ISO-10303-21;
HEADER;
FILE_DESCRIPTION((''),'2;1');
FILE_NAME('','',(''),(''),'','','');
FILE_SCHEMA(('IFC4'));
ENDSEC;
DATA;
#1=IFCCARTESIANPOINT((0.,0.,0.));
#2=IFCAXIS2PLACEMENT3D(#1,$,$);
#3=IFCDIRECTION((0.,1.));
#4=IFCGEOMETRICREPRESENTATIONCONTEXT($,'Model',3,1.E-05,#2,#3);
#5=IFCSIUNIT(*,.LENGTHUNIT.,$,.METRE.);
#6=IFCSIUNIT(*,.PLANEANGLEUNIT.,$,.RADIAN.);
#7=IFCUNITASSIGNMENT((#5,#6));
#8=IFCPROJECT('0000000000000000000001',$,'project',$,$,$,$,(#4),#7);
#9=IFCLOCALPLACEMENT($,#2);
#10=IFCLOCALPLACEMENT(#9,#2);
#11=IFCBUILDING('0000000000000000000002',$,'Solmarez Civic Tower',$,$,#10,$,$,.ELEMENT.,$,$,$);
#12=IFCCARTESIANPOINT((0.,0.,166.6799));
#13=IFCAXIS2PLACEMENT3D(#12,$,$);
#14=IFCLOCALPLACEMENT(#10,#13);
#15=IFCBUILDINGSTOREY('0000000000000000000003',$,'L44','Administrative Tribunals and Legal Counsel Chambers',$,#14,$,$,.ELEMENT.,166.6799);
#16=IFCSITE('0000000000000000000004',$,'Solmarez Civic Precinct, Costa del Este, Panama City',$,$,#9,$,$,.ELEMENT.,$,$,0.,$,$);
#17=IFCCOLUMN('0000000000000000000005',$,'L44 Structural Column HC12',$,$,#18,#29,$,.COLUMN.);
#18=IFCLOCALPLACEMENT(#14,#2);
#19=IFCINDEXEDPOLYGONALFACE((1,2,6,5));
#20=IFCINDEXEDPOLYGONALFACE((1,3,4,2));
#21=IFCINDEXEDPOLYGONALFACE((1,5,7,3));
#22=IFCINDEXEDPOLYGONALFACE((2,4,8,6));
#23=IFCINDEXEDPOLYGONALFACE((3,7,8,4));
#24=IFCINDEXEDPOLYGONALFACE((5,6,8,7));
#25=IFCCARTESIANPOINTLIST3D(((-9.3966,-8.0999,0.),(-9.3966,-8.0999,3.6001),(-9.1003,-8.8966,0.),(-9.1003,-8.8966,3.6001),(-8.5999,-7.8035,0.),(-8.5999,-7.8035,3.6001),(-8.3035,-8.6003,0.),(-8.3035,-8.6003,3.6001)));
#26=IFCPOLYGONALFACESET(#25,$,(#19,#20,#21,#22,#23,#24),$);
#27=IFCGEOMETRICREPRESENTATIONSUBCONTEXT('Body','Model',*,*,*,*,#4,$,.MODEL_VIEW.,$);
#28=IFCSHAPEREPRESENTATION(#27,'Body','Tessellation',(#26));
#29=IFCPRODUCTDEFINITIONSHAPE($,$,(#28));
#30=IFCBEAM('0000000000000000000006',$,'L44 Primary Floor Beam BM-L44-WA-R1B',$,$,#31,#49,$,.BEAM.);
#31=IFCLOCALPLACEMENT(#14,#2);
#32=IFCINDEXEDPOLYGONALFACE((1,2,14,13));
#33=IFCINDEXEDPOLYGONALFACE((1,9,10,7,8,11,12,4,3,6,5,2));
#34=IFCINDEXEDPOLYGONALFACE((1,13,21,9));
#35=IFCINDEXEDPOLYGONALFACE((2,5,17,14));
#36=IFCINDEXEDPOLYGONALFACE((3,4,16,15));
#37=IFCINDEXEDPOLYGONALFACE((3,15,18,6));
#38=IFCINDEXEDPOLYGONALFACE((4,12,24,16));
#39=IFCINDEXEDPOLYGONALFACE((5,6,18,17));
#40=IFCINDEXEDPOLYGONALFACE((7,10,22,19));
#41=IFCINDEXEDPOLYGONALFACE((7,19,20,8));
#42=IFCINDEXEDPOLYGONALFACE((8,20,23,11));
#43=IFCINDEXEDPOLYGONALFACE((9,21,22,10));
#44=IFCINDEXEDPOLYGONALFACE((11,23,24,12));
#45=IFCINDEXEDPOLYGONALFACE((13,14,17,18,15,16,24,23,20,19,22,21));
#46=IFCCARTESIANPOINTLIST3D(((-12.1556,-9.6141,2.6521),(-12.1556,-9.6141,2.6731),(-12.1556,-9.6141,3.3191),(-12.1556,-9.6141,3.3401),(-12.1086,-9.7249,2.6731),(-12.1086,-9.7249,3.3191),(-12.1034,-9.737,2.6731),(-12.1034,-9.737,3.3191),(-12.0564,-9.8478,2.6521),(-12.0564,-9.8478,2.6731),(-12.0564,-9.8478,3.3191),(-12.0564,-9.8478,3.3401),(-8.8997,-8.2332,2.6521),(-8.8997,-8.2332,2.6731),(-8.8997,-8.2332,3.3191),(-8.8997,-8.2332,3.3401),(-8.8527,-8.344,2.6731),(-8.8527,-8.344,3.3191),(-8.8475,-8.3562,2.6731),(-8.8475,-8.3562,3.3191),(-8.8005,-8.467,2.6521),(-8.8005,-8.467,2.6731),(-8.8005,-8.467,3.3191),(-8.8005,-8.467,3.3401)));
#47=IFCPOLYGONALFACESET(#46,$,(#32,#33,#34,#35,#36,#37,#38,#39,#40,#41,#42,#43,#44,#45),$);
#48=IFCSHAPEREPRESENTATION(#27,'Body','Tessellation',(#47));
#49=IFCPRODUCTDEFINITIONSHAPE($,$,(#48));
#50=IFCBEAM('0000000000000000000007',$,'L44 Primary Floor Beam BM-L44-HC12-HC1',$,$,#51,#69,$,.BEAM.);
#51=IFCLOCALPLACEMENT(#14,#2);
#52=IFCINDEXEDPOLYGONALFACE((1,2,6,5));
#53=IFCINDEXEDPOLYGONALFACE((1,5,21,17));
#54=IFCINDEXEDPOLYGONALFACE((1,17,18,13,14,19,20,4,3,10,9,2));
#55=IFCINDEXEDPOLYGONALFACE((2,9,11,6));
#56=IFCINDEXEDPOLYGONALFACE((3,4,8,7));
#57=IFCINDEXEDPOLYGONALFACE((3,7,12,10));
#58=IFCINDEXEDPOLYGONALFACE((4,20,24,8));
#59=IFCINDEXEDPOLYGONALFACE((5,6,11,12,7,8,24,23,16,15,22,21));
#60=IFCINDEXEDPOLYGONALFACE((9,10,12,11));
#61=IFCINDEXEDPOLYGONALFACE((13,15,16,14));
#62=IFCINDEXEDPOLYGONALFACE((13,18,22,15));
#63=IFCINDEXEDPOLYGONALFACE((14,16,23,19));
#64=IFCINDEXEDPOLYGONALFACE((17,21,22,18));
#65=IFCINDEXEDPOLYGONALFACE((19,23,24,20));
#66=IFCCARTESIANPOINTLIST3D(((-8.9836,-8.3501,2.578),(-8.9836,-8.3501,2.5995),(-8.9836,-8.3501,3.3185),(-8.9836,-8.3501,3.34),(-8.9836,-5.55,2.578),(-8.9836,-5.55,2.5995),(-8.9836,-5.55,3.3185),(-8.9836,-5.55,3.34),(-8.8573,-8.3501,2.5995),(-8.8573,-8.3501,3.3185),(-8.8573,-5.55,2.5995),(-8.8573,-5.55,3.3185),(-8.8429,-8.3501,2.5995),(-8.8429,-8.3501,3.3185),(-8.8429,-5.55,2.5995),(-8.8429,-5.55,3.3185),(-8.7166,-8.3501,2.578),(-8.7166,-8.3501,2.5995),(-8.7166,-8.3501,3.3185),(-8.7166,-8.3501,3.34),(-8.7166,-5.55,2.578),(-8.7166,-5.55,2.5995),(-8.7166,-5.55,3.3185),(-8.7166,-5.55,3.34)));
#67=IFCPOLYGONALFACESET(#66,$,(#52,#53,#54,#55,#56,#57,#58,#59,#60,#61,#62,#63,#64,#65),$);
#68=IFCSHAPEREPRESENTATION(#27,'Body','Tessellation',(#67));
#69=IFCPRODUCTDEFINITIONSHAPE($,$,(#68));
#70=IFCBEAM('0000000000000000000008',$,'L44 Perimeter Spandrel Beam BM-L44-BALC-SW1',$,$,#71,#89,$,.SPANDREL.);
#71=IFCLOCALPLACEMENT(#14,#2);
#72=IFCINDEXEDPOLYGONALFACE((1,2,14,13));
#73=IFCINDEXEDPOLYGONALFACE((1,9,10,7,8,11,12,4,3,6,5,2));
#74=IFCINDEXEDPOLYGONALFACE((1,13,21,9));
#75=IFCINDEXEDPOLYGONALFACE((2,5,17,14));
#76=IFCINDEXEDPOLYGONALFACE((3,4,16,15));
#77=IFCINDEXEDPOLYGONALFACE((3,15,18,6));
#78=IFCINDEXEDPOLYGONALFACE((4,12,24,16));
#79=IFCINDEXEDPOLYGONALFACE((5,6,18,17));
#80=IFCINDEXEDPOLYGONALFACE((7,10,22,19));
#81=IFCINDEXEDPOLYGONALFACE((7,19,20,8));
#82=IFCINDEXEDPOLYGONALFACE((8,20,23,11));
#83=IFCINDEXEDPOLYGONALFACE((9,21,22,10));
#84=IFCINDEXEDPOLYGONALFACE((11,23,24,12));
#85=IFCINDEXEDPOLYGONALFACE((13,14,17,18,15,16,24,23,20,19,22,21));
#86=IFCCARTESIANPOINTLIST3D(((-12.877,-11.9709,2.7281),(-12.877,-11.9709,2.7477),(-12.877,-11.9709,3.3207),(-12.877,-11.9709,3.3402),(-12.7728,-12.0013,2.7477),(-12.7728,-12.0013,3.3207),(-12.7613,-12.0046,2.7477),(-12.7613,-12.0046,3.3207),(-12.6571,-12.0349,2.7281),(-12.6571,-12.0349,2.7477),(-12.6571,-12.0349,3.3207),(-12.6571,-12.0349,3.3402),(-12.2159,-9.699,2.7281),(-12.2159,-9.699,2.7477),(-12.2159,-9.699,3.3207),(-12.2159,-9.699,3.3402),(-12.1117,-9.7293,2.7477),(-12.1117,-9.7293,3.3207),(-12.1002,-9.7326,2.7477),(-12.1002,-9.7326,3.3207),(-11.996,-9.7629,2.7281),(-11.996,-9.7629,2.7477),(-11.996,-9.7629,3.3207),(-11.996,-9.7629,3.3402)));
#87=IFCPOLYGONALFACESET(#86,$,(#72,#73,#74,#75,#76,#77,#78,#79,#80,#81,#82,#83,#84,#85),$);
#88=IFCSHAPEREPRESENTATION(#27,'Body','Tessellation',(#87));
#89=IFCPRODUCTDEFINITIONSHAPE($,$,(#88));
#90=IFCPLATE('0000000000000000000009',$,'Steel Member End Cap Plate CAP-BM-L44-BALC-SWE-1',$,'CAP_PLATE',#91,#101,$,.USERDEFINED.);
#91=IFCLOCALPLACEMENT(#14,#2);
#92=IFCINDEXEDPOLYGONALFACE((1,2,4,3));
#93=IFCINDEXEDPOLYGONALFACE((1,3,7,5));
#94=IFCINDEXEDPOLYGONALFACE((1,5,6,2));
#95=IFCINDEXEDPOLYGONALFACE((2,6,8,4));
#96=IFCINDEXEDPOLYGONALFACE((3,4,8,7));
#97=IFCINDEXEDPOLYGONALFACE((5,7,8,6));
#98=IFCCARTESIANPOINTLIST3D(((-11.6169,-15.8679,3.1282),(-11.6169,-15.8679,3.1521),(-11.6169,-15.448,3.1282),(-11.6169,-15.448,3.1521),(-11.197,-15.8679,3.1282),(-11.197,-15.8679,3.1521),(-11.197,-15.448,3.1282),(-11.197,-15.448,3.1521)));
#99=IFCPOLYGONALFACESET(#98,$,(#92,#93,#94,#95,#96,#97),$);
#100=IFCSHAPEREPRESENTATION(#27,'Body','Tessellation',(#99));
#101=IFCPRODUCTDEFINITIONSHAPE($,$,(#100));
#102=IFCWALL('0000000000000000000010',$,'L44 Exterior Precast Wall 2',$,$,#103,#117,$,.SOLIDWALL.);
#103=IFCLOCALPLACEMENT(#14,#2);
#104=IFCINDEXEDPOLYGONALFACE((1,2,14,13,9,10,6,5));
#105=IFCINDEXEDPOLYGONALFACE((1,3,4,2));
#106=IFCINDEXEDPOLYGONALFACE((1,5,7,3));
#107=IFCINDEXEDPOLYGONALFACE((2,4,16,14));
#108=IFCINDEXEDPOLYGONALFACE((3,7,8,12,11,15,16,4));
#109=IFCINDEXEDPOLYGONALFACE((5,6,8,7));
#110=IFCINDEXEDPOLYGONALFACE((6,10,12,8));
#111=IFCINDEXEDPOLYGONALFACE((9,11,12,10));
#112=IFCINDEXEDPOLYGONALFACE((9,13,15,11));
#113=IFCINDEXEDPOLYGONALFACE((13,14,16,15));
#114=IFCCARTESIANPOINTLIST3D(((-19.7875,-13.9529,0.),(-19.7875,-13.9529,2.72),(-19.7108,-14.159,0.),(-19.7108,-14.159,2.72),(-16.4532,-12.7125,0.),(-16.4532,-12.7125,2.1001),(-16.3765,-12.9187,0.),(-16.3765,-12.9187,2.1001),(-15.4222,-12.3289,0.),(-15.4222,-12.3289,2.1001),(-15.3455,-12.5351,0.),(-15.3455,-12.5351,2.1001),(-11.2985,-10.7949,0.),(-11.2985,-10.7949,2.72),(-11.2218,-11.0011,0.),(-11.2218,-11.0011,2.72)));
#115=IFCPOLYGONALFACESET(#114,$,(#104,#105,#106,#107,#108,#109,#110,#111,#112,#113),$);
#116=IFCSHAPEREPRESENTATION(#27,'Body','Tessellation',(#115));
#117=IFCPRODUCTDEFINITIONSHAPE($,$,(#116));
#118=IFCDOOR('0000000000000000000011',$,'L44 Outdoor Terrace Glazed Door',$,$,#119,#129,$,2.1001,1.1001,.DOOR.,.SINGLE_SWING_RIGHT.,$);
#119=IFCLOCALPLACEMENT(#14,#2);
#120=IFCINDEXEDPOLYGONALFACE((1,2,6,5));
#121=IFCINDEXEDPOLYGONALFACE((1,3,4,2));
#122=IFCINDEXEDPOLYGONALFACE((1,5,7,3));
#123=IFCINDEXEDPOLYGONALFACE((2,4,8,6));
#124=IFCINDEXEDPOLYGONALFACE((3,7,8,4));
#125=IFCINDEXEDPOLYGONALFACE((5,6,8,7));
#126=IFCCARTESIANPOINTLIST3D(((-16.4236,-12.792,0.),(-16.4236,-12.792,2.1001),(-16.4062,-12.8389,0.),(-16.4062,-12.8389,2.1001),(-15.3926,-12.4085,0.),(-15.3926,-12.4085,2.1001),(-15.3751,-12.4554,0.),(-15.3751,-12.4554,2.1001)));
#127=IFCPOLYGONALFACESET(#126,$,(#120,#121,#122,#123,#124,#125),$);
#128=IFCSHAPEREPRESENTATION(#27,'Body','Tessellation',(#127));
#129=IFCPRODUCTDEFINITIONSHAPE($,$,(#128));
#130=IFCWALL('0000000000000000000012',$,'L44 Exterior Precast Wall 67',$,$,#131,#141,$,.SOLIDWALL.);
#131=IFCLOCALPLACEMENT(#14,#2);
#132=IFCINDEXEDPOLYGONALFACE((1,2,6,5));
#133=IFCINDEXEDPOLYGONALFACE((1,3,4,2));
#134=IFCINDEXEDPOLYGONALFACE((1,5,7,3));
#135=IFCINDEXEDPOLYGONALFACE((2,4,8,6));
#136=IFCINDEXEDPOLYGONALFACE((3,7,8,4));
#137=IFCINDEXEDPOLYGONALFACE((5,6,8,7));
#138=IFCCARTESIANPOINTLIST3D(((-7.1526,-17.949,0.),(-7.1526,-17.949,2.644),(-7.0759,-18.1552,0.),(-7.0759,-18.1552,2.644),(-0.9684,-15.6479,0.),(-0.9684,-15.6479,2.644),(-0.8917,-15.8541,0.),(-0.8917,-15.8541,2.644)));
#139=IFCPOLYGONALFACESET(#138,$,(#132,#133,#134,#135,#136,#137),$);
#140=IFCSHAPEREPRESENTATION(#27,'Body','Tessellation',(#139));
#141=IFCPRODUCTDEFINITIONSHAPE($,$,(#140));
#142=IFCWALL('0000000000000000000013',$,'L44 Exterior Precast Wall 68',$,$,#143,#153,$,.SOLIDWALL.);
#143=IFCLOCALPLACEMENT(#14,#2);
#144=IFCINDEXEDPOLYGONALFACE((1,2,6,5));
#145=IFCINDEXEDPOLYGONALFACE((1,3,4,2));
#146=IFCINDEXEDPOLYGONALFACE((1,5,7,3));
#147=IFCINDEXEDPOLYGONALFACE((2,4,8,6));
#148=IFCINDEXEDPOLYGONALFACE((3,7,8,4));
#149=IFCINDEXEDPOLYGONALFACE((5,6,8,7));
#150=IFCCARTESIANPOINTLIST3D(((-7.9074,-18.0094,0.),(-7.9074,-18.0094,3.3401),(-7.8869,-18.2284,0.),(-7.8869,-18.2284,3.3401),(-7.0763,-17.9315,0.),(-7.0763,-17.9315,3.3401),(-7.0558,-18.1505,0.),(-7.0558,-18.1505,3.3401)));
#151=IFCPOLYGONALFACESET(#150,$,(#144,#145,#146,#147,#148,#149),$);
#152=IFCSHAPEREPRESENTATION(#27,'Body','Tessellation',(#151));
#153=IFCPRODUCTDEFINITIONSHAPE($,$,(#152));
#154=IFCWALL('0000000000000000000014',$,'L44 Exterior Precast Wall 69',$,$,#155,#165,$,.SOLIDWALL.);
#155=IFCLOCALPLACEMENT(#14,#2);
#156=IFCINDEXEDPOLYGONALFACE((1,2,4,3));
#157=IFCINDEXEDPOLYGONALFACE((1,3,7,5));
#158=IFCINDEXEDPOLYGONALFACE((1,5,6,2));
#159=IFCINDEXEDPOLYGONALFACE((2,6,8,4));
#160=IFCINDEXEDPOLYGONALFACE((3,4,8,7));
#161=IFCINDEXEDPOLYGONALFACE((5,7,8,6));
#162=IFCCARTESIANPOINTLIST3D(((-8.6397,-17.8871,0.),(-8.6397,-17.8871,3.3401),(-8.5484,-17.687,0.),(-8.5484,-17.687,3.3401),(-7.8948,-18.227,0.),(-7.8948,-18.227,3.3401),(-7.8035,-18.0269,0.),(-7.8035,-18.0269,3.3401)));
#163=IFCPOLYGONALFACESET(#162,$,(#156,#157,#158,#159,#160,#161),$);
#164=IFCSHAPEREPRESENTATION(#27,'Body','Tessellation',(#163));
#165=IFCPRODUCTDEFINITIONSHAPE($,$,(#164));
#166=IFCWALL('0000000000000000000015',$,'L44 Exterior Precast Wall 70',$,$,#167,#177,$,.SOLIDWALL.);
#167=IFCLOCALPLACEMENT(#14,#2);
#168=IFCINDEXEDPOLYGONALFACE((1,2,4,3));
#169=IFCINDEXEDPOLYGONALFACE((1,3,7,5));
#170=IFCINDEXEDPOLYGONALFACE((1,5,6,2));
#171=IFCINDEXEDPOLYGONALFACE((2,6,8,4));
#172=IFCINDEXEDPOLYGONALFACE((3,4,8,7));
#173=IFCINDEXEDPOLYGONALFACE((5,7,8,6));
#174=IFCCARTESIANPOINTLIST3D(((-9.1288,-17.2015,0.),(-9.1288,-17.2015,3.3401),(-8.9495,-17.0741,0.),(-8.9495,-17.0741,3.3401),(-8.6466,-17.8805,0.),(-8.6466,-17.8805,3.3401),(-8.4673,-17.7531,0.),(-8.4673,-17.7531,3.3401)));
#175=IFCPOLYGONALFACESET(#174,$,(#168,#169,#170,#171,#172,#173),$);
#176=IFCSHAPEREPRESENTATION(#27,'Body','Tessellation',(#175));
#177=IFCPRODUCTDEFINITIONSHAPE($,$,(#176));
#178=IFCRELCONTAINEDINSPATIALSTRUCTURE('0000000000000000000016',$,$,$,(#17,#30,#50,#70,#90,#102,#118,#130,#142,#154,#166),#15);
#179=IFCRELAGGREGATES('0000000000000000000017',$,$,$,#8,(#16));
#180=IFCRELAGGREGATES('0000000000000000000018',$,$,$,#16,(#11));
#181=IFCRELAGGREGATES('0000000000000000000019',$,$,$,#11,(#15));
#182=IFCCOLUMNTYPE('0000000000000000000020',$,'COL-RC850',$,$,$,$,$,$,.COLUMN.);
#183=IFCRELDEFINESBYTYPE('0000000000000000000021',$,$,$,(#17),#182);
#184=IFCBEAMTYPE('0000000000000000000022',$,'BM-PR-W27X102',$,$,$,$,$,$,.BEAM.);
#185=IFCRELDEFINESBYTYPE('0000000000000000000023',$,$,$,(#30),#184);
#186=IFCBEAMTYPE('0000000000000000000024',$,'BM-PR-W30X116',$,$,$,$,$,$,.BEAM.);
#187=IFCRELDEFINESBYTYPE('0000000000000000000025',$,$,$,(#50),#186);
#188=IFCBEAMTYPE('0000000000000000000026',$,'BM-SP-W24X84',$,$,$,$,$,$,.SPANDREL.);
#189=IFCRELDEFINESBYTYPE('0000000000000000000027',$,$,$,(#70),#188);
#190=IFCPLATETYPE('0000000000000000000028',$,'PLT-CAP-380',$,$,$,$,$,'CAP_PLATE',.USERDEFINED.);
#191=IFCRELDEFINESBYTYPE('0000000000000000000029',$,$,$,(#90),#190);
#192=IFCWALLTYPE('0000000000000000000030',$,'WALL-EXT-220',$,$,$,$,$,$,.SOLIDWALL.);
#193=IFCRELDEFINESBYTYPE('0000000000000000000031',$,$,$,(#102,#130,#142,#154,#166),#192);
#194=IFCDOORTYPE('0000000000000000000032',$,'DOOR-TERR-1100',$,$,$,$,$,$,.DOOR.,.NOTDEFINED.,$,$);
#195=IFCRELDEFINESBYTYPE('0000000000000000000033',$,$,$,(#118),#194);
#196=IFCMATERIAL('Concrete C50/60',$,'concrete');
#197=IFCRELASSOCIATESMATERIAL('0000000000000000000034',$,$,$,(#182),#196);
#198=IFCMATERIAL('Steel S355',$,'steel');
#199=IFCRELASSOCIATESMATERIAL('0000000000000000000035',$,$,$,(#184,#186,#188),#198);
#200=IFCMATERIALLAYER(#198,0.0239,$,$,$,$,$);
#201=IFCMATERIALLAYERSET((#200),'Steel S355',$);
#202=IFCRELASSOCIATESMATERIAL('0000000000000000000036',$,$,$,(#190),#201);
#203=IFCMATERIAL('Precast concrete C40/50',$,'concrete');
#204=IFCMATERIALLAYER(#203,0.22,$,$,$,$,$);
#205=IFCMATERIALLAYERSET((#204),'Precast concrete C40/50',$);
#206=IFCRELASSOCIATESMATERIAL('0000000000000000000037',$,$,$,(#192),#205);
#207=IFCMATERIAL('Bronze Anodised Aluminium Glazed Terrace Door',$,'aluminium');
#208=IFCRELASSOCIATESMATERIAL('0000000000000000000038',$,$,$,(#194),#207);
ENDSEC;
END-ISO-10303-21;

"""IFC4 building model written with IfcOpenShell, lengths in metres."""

from ifc_helpers import new_model, si_unit, direction, frame, frame_2d, origin, origin_2d, place, context, subcontext, project, spatial, rectangle, i_section, extrude, material, layer, layer_set, material_profile, profile_set, type_object, element, fill, save


model = new_model("IFC4")

# Units and contexts
model_context = context("Model", 3, precision=1e-05, world=origin(), true_north=direction((0.0, 1.0)))
body_context = subcontext(model_context, "Body", "Model", "MODEL_VIEW")
ifc_project = project(units=[si_unit("LENGTHUNIT", "METRE"), si_unit("PLANEANGLEUNIT", "RADIAN")], contexts=[model_context])

# Site, building, storey
site_placement = place(None, origin())
site = spatial("IfcSite", under=ifc_project, at=site_placement, Name="Solmarez Civic Precinct, Costa del Este, Panama City", CompositionType="ELEMENT", RefElevation=0.0)
building_placement = place(site_placement, origin())
building = spatial("IfcBuilding", under=site, at=building_placement, Name="Solmarez Civic Tower", CompositionType="ELEMENT")
storey_placement = place(building_placement, frame((0.0, 0.0, 166.6799)))
storey = spatial("IfcBuildingStorey", under=building, at=storey_placement, Name="L44", Description="Administrative Tribunals and Legal Counsel Chambers", CompositionType="ELEMENT", Elevation=166.6799)

# Column
ifc_material_1 = material(Name="Concrete C50/60", Category="concrete")
ifc_material_profile_1 = material_profile(ifc_material_1, rectangle(XDim=0.8501, YDim=0.8501, at=origin_2d()), Name="RC850X850")
ifc_profile_set_1 = profile_set([ifc_material_profile_1], Name="Concrete C50/60")
column_type = type_object("IfcColumnType", Name="COL-RC850", PredefinedType="COLUMN", material=ifc_profile_set_1)
column_placement = place(storey_placement, frame((-8.8501, -8.3501, 0.0), z_axis=(0.0, 0.0, 1.0), x_axis=(0.937282, 0.348572, 0.0)))
element("IfcColumn", 1, at=column_placement, inside=storey, type_object=column_type, Name="L44 Structural Column HC12", PredefinedType="COLUMN", context=body_context, shape_type="SweptSolid", body=[
    extrude(rectangle(XDim=0.8501, YDim=0.8501, at=origin_2d()), origin(), (0.0, 0.0, 1.0), 3.6001),
])

# Beams
ifc_material_2 = material(Name="Steel S355", Category="steel")
ifc_material_profile_2 = material_profile(ifc_material_2, i_section(OverallWidth=0.2539, OverallDepth=0.688, WebThickness=0.0132, FlangeThickness=0.021, at=origin_2d()), Name="W27X102")
ifc_profile_set_2 = profile_set([ifc_material_profile_2], Name="Steel S355")
beam_type_1 = type_object("IfcBeamType", Name="BM-PR-W27X102", PredefinedType="BEAM", material=ifc_profile_set_2)
beam_1_placement = place(storey_placement, frame((-8.8501, -8.3501, 2.9961), z_axis=(-0.920624, -0.390451, 0.0), x_axis=(0.390451, -0.920624, 0.0)))
element("IfcBeam", 2, at=beam_1_placement, inside=storey, type_object=beam_type_1, Name="L44 Primary Floor Beam BM-L44-WA-R1B", PredefinedType="BEAM", context=body_context, shape_type="SweptSolid", body=[
    extrude(i_section(OverallWidth=0.2539, OverallDepth=0.688, WebThickness=0.0132, FlangeThickness=0.021, at=origin_2d()), origin(), (0.0, 0.0, 1.0), 3.5366),
])
ifc_material_profile_3 = material_profile(ifc_material_2, i_section(OverallWidth=0.2671, OverallDepth=0.762, WebThickness=0.0144, FlangeThickness=0.0215, at=origin_2d()), Name="W30X116")
ifc_profile_set_3 = profile_set([ifc_material_profile_3], Name="Steel S355")
beam_type_2 = type_object("IfcBeamType", Name="BM-PR-W30X116", PredefinedType="BEAM", material=ifc_profile_set_3)
beam_2_placement = place(storey_placement, frame((-8.8501, -8.3501, 2.959), z_axis=(0.0, 1.0, 0.0), x_axis=(-1.0, 0.0, 0.0)))
element("IfcBeam", 3, at=beam_2_placement, inside=storey, type_object=beam_type_2, Name="L44 Primary Floor Beam BM-L44-HC12-HC1", PredefinedType="BEAM", context=body_context, shape_type="SweptSolid", body=[
    extrude(i_section(OverallWidth=0.2671, OverallDepth=0.762, WebThickness=0.0144, FlangeThickness=0.0215, at=origin_2d()), origin(), (0.0, 0.0, 1.0), 2.8),
])
ifc_material_profile_4 = material_profile(ifc_material_2, i_section(OverallWidth=0.229, OverallDepth=0.6121, WebThickness=0.012, FlangeThickness=0.0195, at=origin_2d()), Name="W24X84")
ifc_profile_set_4 = profile_set([ifc_material_profile_4], Name="Steel S355")
beam_type_3 = type_object("IfcBeamType", Name="BM-SP-W24X84", PredefinedType="SPANDREL", material=ifc_profile_set_4)
beam_3_placement = place(storey_placement, frame((-12.106, -9.731, 3.0342), z_axis=(-0.279406, -0.960173, 0.0), x_axis=(0.960173, -0.279406, 0.0)))
element("IfcBeam", 4, at=beam_3_placement, inside=storey, type_object=beam_type_3, Name="L44 Perimeter Spandrel Beam BM-L44-BALC-SW1", PredefinedType="SPANDREL", context=body_context, shape_type="SweptSolid", body=[
    extrude(i_section(OverallWidth=0.229, OverallDepth=0.6121, WebThickness=0.012, FlangeThickness=0.0195, at=origin_2d()), origin(), (0.0, 0.0, 1.0), 2.3662),
])

# Plate
ifc_layer_1 = layer(ifc_material_2, 0.0239)
ifc_layer_set_1 = layer_set([ifc_layer_1], Name="Steel S355")
plate_type = type_object("IfcPlateType", Name="PLT-CAP-380", ElementType="CAP_PLATE", PredefinedType="USERDEFINED", material=ifc_layer_set_1)
plate_placement = place(storey_placement, frame((-11.407, -15.658, 3.1282), z_axis=(0.0, 0.0, 1.0), x_axis=(1.0, 0.0, 0.0)))
element("IfcPlate", 5, at=plate_placement, inside=storey, type_object=plate_type, Name="Steel Member End Cap Plate CAP-BM-L44-BALC-SWE-1", ObjectType="CAP_PLATE", PredefinedType="USERDEFINED", context=body_context, shape_type="SweptSolid", body=[
    extrude(rectangle(XDim=0.4199, YDim=0.4199, at=origin_2d()), origin(), (0.0, 0.0, 1.0), 0.0239),
])

# Wall, opening, door
ifc_material_3 = material(Name="Precast concrete C40/50", Category="concrete")
ifc_layer_2 = layer(ifc_material_3, 0.22)
ifc_layer_set_2 = layer_set([ifc_layer_2], Name="Precast concrete C40/50")
wall_type_1 = type_object("IfcWallType", Name="WALL-EXT-220", PredefinedType="SOLIDWALL", material=ifc_layer_set_2)
wall_1_placement = place(storey_placement, frame((-11.26, -10.8979, 0.0), z_axis=(0.0, 0.0, 1.0), x_axis=(-0.937249, -0.348662, 0.0)))
wall_1 = element("IfcWall", 6, at=wall_1_placement, inside=storey, type_object=wall_type_1, Name="L44 Exterior Precast Wall 2", PredefinedType="SOLIDWALL", context=body_context, shape_type="SweptSolid", body=[
    extrude(rectangle(XDim=9.0574, YDim=0.22, at=frame_2d((4.5288, 0.0))), origin(), (0.0, 0.0, 1.0), 2.72),
])
opening_1_placement = place(wall_1_placement, frame((4.3999, 0.0, 0.0)))
opening_1 = element("IfcOpeningElement", 7, at=opening_1_placement, cuts=wall_1, PredefinedType="OPENING", context=body_context, shape_type="SweptSolid", body=[
    extrude(rectangle(XDim=1.1001, YDim=2.1001, at=frame_2d((0.55, 1.05))), frame((0.0, 0.1199, 0.0), z_axis=(0.0, -1.0, 0.0), x_axis=(1.0, 0.0, 0.0)), (0.0, 0.0, 1.0), 0.24),
])
ifc_material_4 = material(Name="Bronze Anodised Aluminium Glazed Terrace Door", Category="aluminium")
door_type_1 = type_object("IfcDoorType", Name="DOOR-TERR-1100", OperationType="NOTDEFINED", PredefinedType="DOOR", material=ifc_material_4)
door_1_placement = place(opening_1_placement, origin())
door_1 = element("IfcDoor", 8, at=door_1_placement, inside=storey, type_object=door_type_1, Name="L44 Outdoor Terrace Glazed Door", OperationType="SINGLE_SWING_RIGHT", OverallHeight=2.1001, OverallWidth=1.1001, PredefinedType="DOOR", context=body_context, shape_type="SweptSolid", body=[
    extrude(rectangle(XDim=1.1001, YDim=2.1001, at=frame_2d((0.55, 1.05))), frame((0.0, 0.0249, 0.0), z_axis=(0.0, -1.0, 0.0), x_axis=(1.0, 0.0, 0.0)), (0.0, 0.0, 1.0), 0.05),
])
fill(opening_1, door_1)

# Walls
wall_2_placement = place(storey_placement, frame((-0.9299, -15.751, 0.0), z_axis=(0.0, 0.0, 1.0), x_axis=(-0.937223, -0.34873, 0.0)))
element("IfcWall", 9, at=wall_2_placement, inside=storey, type_object=wall_type_1, Name="L44 Exterior Precast Wall 67", PredefinedType="SOLIDWALL", context=body_context, shape_type="SweptSolid", body=[
    extrude(rectangle(XDim=6.5984, YDim=0.22, at=frame_2d((3.2993, 0.0))), origin(), (0.0, 0.0, 1.0), 2.644),
])
wall_3_placement = place(storey_placement, frame((-7.0659, -18.041, 0.0), z_axis=(0.0, 0.0, 1.0), x_axis=(-0.995638, -0.093304, 0.0)))
element("IfcWall", 10, at=wall_3_placement, inside=storey, type_object=wall_type_1, Name="L44 Exterior Precast Wall 68", PredefinedType="SOLIDWALL", context=body_context, shape_type="SweptSolid", body=[
    extrude(rectangle(XDim=0.8347, YDim=0.22, at=frame_2d((0.4175, 0.0))), origin(), (0.0, 0.0, 1.0), 3.3401),
])
wall_4_placement = place(storey_placement, frame((-7.8491, -18.127, 0.0), z_axis=(0.0, 0.0, 1.0), x_axis=(-0.909783, 0.415083, 0.0)))
element("IfcWall", 11, at=wall_4_placement, inside=storey, type_object=wall_type_1, Name="L44 Exterior Precast Wall 69", PredefinedType="SOLIDWALL", context=body_context, shape_type="SweptSolid", body=[
    extrude(rectangle(XDim=0.8188, YDim=0.22, at=frame_2d((0.4094, 0.0))), origin(), (0.0, 0.0, 1.0), 3.3401),
])
wall_5_placement = place(storey_placement, frame((-8.5569, -17.8169, 0.0), z_axis=(0.0, 0.0, 1.0), x_axis=(-0.579017, 0.815315, 0.0)))
element("IfcWall", 12, at=wall_5_placement, inside=storey, type_object=wall_type_1, Name="L44 Exterior Precast Wall 70", PredefinedType="SOLIDWALL", context=body_context, shape_type="SweptSolid", body=[
    extrude(rectangle(XDim=0.8328, YDim=0.22, at=frame_2d((0.4165, 0.0))), origin(), (0.0, 0.0, 1.0), 3.3401),
])

save(model, "model.ifc")
